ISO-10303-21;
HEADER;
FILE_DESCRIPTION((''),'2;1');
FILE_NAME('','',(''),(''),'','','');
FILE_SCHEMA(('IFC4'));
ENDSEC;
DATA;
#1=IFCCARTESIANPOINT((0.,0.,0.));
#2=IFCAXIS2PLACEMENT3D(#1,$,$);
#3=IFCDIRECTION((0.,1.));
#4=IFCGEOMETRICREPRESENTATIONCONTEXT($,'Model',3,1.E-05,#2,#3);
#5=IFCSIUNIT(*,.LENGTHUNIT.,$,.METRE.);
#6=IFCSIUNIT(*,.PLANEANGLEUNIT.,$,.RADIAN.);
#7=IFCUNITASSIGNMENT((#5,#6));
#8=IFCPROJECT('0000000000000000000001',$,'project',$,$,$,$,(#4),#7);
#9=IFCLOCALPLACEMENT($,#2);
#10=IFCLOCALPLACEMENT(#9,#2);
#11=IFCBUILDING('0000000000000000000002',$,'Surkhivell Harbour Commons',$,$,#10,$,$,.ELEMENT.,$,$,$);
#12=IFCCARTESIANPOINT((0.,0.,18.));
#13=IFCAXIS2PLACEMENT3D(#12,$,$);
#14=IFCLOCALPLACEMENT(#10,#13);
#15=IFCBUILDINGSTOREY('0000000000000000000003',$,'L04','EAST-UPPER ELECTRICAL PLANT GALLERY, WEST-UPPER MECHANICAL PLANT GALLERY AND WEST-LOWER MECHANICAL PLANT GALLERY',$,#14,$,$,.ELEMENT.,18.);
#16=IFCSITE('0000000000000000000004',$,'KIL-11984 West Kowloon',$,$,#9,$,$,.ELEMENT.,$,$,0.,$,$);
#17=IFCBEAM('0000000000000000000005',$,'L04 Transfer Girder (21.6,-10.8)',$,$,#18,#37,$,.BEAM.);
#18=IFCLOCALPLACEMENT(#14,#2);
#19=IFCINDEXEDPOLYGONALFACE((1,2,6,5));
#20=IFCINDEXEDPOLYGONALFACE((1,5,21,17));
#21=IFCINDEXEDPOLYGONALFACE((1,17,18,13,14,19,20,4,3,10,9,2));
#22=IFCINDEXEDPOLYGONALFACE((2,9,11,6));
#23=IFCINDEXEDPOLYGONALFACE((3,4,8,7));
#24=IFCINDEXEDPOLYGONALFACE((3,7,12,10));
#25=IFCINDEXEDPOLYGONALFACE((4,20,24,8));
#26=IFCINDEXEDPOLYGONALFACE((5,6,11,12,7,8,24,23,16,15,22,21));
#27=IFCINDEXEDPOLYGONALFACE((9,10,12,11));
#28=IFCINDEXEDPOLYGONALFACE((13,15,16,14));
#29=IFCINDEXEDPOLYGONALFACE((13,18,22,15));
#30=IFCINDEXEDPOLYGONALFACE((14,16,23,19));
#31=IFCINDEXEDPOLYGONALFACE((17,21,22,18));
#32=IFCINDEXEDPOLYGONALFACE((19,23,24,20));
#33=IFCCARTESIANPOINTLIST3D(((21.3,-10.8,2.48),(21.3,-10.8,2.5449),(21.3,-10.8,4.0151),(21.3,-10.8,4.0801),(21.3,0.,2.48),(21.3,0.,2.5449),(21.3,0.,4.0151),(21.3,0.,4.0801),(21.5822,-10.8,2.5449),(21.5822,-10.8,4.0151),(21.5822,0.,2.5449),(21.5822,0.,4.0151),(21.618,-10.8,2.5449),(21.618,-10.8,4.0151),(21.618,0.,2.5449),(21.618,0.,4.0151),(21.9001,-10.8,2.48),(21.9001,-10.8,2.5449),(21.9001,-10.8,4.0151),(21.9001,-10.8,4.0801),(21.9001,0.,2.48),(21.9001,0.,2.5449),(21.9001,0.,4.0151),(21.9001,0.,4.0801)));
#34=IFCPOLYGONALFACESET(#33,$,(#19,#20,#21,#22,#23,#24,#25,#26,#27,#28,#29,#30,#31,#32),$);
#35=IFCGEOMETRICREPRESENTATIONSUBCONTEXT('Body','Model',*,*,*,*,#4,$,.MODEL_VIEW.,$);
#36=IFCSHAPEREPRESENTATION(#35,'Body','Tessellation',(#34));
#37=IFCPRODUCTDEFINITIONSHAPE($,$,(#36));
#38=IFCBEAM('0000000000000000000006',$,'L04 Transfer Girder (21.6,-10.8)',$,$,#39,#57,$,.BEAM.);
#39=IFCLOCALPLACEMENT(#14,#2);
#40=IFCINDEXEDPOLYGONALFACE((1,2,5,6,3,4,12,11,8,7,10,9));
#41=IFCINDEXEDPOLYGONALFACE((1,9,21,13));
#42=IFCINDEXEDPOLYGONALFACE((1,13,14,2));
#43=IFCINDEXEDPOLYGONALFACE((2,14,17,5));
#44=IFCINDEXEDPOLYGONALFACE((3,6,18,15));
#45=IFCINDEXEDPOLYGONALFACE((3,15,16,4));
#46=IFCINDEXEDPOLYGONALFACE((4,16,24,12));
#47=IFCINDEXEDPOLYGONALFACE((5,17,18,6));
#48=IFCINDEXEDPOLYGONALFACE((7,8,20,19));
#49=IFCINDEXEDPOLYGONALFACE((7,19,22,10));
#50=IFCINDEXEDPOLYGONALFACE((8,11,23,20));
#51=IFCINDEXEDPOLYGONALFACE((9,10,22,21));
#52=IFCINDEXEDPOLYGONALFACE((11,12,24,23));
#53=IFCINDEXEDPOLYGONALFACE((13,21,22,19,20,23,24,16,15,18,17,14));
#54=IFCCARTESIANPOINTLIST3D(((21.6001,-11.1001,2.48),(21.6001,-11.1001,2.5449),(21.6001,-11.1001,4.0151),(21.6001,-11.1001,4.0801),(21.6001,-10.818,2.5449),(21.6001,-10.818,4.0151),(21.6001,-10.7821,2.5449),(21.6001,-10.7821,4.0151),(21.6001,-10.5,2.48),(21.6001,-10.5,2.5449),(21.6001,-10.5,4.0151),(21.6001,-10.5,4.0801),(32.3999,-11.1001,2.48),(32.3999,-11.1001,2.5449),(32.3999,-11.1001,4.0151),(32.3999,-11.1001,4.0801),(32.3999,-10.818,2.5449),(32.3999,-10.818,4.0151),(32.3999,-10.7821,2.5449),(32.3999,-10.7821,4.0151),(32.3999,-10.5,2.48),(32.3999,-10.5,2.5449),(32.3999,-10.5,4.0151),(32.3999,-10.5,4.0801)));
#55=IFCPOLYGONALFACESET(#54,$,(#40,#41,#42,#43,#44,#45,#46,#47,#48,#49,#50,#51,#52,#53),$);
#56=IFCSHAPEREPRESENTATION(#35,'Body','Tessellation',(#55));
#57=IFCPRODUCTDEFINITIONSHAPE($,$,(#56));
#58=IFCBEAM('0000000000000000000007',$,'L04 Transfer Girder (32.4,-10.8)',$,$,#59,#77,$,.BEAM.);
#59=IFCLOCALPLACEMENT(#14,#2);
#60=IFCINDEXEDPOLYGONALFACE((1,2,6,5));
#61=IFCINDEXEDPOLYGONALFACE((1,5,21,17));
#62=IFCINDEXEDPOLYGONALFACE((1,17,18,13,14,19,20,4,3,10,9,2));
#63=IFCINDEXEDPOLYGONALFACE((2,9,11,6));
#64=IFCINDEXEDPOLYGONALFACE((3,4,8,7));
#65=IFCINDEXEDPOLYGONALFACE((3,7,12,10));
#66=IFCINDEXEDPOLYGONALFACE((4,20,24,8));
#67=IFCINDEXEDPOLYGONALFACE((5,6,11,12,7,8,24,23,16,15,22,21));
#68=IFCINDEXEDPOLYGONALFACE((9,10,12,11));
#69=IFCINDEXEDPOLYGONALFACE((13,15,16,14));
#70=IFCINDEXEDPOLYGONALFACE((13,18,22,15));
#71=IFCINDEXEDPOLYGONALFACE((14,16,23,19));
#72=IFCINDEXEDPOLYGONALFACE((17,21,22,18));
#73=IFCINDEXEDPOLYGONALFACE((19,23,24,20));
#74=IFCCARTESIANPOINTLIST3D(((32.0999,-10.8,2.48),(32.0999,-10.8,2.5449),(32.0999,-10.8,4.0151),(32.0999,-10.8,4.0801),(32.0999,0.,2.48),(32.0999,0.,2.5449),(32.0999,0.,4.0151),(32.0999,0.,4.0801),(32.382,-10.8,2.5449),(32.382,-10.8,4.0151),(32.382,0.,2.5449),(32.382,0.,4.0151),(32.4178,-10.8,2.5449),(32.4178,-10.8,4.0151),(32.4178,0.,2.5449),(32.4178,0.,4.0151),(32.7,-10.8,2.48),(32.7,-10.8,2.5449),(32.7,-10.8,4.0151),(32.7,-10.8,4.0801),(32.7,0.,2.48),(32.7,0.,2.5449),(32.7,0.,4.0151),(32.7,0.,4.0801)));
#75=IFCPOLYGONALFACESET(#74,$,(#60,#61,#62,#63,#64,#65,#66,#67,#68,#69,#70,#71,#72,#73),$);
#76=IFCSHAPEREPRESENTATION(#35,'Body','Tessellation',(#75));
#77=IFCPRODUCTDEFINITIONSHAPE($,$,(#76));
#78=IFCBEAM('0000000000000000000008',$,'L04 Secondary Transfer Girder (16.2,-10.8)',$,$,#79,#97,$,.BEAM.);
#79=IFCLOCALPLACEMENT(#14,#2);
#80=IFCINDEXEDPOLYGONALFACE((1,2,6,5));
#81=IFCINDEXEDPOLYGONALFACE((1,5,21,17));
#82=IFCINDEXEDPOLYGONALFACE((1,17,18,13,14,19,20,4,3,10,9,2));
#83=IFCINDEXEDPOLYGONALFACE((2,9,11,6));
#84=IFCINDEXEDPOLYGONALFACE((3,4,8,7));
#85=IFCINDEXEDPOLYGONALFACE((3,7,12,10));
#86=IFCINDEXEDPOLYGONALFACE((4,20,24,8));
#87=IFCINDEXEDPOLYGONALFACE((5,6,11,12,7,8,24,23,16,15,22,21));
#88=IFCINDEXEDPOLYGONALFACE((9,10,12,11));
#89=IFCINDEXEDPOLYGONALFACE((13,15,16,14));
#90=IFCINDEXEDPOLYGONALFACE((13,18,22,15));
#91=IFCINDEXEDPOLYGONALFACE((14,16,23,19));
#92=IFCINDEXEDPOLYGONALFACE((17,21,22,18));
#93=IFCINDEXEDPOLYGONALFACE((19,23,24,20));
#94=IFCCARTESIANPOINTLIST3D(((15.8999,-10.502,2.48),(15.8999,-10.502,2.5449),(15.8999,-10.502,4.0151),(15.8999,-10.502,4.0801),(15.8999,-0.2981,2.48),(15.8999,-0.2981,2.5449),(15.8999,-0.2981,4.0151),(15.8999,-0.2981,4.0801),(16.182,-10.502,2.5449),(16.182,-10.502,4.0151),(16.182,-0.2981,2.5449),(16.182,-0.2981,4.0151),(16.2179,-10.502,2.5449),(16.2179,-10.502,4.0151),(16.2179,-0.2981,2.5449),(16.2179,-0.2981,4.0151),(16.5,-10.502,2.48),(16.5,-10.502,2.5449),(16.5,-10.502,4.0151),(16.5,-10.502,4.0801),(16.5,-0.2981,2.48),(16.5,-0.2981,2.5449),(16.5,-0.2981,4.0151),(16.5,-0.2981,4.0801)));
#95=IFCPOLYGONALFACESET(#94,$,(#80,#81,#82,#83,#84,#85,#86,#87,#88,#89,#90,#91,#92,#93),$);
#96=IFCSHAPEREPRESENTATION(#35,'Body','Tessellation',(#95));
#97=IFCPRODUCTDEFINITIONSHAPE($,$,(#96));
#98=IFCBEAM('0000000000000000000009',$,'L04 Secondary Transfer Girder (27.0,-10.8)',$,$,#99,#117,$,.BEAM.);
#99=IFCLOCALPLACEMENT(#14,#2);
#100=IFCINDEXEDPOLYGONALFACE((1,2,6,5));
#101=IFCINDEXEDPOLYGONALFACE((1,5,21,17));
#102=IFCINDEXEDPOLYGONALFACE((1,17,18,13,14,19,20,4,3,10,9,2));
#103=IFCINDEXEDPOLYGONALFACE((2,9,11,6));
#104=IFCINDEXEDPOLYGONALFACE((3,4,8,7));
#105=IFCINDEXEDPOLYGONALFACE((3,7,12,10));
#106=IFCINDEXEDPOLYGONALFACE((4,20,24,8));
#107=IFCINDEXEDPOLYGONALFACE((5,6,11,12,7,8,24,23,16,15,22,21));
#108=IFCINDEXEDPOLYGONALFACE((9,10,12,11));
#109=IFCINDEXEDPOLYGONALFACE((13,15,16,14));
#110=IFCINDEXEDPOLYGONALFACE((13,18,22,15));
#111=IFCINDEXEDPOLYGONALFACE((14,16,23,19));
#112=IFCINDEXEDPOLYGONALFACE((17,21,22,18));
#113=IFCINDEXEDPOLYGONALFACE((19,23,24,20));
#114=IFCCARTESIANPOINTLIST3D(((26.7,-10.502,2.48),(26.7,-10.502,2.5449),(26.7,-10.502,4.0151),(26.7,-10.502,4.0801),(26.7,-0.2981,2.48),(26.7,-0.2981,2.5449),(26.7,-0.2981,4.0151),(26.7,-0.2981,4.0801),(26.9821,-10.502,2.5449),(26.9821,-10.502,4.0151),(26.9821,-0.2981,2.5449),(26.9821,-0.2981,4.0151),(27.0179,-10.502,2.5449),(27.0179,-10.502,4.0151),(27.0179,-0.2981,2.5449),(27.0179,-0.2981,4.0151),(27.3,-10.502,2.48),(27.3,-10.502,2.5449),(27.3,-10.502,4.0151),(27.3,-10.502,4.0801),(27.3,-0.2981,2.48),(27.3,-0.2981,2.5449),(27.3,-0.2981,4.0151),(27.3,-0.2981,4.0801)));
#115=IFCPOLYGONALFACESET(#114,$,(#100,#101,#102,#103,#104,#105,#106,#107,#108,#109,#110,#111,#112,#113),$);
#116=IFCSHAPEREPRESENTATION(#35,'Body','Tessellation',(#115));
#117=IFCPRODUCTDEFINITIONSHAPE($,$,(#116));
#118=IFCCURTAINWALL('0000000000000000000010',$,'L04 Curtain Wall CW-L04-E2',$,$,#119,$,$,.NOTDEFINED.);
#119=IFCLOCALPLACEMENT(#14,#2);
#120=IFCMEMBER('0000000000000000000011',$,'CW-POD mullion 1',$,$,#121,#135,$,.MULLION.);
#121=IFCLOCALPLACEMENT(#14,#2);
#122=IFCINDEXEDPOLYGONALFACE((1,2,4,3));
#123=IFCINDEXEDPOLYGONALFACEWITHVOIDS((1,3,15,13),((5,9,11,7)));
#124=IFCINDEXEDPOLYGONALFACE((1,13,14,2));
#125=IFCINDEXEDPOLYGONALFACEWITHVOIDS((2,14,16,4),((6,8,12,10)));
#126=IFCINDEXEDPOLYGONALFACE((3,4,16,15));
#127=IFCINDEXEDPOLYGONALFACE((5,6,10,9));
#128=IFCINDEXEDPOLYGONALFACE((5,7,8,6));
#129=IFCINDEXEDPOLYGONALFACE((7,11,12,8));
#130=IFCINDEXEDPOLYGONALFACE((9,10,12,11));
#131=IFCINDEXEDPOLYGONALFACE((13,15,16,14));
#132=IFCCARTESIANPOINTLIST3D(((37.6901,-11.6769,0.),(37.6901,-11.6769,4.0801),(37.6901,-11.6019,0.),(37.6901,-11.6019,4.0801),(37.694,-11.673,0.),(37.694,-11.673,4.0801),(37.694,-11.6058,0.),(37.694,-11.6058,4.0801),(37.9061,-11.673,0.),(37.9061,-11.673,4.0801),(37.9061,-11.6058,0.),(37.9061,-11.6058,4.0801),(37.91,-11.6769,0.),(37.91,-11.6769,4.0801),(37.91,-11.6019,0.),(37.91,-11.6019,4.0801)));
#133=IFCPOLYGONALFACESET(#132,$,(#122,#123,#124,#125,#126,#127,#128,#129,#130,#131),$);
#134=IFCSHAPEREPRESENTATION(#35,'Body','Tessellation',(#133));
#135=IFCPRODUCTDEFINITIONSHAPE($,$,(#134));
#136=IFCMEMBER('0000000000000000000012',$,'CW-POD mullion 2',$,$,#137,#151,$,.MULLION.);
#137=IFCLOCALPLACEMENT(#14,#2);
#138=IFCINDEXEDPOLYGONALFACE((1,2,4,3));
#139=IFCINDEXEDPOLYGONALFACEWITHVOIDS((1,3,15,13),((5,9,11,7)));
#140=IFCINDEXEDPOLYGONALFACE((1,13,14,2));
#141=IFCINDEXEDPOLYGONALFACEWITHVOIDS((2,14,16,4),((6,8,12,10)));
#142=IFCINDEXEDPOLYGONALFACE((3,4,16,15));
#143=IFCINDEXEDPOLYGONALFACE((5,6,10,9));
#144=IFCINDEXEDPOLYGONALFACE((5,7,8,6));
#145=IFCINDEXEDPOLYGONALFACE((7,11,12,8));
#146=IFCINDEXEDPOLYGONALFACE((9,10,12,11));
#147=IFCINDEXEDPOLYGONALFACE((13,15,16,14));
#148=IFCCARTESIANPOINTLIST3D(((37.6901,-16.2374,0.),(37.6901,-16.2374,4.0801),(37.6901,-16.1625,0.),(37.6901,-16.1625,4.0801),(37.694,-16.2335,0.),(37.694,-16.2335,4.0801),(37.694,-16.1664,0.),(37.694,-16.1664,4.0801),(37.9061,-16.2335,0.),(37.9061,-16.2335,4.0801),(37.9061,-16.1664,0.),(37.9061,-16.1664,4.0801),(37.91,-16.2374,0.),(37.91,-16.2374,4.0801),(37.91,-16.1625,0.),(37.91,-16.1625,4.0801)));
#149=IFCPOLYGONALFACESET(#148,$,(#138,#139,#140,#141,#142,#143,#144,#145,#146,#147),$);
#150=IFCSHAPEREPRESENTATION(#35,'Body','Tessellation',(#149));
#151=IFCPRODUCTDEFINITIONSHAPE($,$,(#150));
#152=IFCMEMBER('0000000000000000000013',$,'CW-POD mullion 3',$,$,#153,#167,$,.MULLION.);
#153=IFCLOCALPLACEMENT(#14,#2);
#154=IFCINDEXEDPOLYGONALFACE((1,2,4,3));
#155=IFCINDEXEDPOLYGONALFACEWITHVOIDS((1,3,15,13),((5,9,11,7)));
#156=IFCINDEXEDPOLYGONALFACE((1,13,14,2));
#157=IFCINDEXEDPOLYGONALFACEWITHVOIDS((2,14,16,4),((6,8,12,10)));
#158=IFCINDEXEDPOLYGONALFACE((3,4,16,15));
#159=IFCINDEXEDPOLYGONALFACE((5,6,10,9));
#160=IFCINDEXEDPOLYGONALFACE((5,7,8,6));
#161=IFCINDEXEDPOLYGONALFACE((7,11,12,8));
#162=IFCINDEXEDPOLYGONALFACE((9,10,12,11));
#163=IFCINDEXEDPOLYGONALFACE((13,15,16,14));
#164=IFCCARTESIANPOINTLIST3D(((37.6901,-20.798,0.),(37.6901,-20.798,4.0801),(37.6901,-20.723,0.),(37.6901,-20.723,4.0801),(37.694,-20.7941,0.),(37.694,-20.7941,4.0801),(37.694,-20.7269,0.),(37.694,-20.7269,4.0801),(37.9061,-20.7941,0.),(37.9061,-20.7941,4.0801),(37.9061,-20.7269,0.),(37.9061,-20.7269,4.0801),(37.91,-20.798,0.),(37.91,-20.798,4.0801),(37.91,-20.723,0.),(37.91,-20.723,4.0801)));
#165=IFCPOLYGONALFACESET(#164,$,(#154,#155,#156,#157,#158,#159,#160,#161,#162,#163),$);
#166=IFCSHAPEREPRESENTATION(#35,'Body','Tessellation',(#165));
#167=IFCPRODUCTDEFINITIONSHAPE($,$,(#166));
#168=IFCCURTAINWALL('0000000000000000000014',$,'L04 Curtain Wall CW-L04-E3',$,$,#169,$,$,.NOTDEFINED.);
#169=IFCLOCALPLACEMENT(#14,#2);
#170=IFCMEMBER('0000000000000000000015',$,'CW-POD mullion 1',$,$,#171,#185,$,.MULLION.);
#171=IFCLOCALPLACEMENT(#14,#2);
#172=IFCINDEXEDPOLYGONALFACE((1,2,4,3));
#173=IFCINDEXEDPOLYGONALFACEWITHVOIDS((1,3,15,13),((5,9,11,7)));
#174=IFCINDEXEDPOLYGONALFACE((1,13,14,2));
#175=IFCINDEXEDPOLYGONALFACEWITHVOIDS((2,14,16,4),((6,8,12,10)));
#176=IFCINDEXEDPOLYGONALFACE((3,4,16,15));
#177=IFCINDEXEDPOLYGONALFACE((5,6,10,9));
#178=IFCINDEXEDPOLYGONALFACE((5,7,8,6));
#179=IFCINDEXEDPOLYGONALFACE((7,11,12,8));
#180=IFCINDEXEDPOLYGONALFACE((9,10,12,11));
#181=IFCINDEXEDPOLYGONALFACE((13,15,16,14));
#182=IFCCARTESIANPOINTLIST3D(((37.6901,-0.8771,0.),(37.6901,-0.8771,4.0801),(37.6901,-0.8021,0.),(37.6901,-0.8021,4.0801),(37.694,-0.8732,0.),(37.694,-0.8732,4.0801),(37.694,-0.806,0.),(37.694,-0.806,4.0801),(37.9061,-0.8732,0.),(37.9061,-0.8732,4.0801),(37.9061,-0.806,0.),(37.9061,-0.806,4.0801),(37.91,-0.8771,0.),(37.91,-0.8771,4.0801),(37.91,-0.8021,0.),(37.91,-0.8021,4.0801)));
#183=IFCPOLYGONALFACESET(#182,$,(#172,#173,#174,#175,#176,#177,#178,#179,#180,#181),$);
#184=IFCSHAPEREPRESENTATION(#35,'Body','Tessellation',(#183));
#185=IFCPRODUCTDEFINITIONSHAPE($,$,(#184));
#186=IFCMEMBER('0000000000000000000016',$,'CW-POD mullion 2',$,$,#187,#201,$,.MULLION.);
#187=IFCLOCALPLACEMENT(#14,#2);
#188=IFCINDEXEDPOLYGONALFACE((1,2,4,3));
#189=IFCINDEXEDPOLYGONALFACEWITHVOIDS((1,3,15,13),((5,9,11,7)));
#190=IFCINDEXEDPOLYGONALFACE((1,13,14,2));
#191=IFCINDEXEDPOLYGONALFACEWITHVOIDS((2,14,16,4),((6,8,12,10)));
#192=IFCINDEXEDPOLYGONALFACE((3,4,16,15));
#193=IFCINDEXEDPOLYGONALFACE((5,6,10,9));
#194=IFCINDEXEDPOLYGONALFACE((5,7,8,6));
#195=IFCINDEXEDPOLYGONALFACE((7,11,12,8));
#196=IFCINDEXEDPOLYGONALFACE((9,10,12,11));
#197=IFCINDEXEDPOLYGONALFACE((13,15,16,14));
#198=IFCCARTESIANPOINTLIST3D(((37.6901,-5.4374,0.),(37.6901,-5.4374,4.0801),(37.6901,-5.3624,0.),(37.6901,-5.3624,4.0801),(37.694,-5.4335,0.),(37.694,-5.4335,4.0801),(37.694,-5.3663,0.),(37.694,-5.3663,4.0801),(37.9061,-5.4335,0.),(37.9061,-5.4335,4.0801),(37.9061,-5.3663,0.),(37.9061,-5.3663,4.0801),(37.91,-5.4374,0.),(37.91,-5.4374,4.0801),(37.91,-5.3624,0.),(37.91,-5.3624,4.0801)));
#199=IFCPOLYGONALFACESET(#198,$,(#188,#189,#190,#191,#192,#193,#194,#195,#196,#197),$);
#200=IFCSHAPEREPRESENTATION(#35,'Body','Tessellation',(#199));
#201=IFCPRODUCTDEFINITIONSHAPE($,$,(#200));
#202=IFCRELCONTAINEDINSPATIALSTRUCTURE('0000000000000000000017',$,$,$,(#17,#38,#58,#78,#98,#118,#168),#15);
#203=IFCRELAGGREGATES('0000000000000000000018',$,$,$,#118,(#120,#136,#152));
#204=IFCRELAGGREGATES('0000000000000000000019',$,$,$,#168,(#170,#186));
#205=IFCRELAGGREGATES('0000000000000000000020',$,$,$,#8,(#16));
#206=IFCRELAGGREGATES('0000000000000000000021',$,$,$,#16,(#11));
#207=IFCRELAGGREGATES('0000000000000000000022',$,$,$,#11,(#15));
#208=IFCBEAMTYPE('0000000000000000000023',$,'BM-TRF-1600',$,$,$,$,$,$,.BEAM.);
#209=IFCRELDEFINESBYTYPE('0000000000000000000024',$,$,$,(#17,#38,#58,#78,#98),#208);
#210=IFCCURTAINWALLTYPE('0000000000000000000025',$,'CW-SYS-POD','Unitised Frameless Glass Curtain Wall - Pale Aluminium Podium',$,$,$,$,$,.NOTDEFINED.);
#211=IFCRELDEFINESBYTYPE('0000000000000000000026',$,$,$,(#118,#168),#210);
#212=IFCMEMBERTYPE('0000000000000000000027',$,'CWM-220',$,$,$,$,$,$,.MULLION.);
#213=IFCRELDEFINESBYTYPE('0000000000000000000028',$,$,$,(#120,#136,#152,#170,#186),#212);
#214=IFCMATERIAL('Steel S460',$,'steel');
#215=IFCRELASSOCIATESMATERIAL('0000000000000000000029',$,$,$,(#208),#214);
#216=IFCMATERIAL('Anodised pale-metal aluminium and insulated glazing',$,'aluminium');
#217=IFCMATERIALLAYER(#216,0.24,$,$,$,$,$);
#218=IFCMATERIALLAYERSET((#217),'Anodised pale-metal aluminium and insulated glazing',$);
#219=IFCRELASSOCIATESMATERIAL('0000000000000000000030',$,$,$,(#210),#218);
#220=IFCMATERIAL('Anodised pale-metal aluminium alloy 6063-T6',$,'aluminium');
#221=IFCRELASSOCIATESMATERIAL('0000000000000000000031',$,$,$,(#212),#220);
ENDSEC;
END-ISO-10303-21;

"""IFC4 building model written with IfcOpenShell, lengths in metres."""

from ifc_helpers import new_model, si_unit, direction, frame, origin, origin_2d, place, context, subcontext, project, spatial, hollow_rectangle, i_section, extrude, material, layer, layer_set, material_profile, profile_set, type_object, element, aggregate, save


model = new_model("IFC4")

# Units and contexts
model_context = context("Model", 3, precision=1e-05, world=origin(), true_north=direction((0.0, 1.0)))
body_context = subcontext(model_context, "Body", "Model", "MODEL_VIEW")
ifc_project = project(units=[si_unit("LENGTHUNIT", "METRE"), si_unit("PLANEANGLEUNIT", "RADIAN")], contexts=[model_context])

# Site, building, storey
site_placement = place(None, origin())
site = spatial("IfcSite", under=ifc_project, at=site_placement, Name="KIL-11984 West Kowloon", CompositionType="ELEMENT", RefElevation=0.0)
building_placement = place(site_placement, origin())
building = spatial("IfcBuilding", under=site, at=building_placement, Name="Surkhivell Harbour Commons", CompositionType="ELEMENT")
storey_placement = place(building_placement, frame((0.0, 0.0, 18.0)))
storey = spatial("IfcBuildingStorey", under=building, at=storey_placement, Name="L04", Description="EAST-UPPER ELECTRICAL PLANT GALLERY, WEST-UPPER MECHANICAL PLANT GALLERY AND WEST-LOWER MECHANICAL PLANT GALLERY", CompositionType="ELEMENT", Elevation=18.0)

# Beams
ifc_material_1 = material(Name="Steel S460", Category="steel")
ifc_material_profile_1 = material_profile(ifc_material_1, i_section(OverallWidth=0.6001, OverallDepth=1.6001, WebThickness=0.0359, FlangeThickness=0.0649, at=origin_2d()), Name="WPG1600x600x296")
ifc_profile_set_1 = profile_set([ifc_material_profile_1], Name="Steel S460")
beam_type_1 = type_object("IfcBeamType", Name="BM-TRF-1600", PredefinedType="BEAM", material=ifc_profile_set_1)
beam_1_placement = place(storey_placement, frame((21.6001, -10.8, 3.28), z_axis=(0.0, 1.0, 0.0), x_axis=(-1.0, 0.0, 0.0)))
element("IfcBeam", 1, at=beam_1_placement, inside=storey, type_object=beam_type_1, Name="L04 Transfer Girder (21.6,-10.8)", PredefinedType="BEAM", context=body_context, shape_type="SweptSolid", body=[
    extrude(i_section(OverallWidth=0.6001, OverallDepth=1.6001, WebThickness=0.0359, FlangeThickness=0.0649, at=origin_2d()), origin(), (0.0, 0.0, 1.0), 10.8),
])
beam_2_placement = place(storey_placement, frame((21.6001, -10.8, 3.28), z_axis=(1.0, 0.0, 0.0), x_axis=(0.0, 1.0, 0.0)))
element("IfcBeam", 2, at=beam_2_placement, inside=storey, type_object=beam_type_1, Name="L04 Transfer Girder (21.6,-10.8)", PredefinedType="BEAM", context=body_context, shape_type="SweptSolid", body=[
    extrude(i_section(OverallWidth=0.6001, OverallDepth=1.6001, WebThickness=0.0359, FlangeThickness=0.0649, at=origin_2d()), origin(), (0.0, 0.0, 1.0), 10.7998),
])
beam_3_placement = place(storey_placement, frame((32.3999, -10.8, 3.28), z_axis=(0.0, 1.0, 0.0), x_axis=(-1.0, 0.0, 0.0)))
element("IfcBeam", 3, at=beam_3_placement, inside=storey, type_object=beam_type_1, Name="L04 Transfer Girder (32.4,-10.8)", PredefinedType="BEAM", context=body_context, shape_type="SweptSolid", body=[
    extrude(i_section(OverallWidth=0.6001, OverallDepth=1.6001, WebThickness=0.0359, FlangeThickness=0.0649, at=origin_2d()), origin(), (0.0, 0.0, 1.0), 10.8),
])
for number, where, z_axis, x_axis, name in (
    (4, (16.2, -10.502, 3.28), (0.0, 1.0, 0.0), (-1.0, 0.0, 0.0), "L04 Secondary Transfer Girder (16.2,-10.8)"),
    (5, (27.0, -10.502, 3.28), (0.0, 1.0, 0.0), (-1.0, 0.0, 0.0), "L04 Secondary Transfer Girder (27.0,-10.8)"),
):
    element("IfcBeam", number, at=place(storey_placement, frame(where, z_axis=z_axis, x_axis=x_axis)), inside=storey, type_object=beam_type_1, Name=name, PredefinedType="BEAM", context=body_context, shape_type="SweptSolid", body=[
        extrude(i_section(OverallWidth=0.6001, OverallDepth=1.6001, WebThickness=0.0359, FlangeThickness=0.0649, at=origin_2d()), origin(), (0.0, 0.0, 1.0), 10.2039),
    ])

# Curtain walls, members
ifc_material_2 = material(Name="Anodised pale-metal aluminium and insulated glazing", Category="aluminium")
ifc_layer_1 = layer(ifc_material_2, 0.24)
ifc_layer_set_1 = layer_set([ifc_layer_1], Name="Anodised pale-metal aluminium and insulated glazing")
curtain_wall_type = type_object("IfcCurtainWallType", Name="CW-SYS-POD", Description="Unitised Frameless Glass Curtain Wall - Pale Aluminium Podium", PredefinedType="NOTDEFINED", material=ifc_layer_set_1)
curtain_wall_1_placement = place(storey_placement, origin())
curtain_wall_1 = element("IfcCurtainWall", 6, at=curtain_wall_1_placement, inside=storey, type_object=curtain_wall_type, Name="L04 Curtain Wall CW-L04-E2", PredefinedType="NOTDEFINED")
ifc_material_3 = material(Name="Anodised pale-metal aluminium alloy 6063-T6", Category="aluminium")
ifc_material_profile_2 = material_profile(ifc_material_3, hollow_rectangle(XDim=0.075, YDim=0.22, WallThickness=0.0039, at=origin_2d()), Name="ALU-MULL-75x220")
ifc_profile_set_2 = profile_set([ifc_material_profile_2], Name="Anodised pale-metal aluminium alloy 6063-T6")
member_type_1 = type_object("IfcMemberType", Name="CWM-220", PredefinedType="MULLION", material=ifc_profile_set_2)
member_1_placement = place(storey_placement, frame((37.8, -11.6394, 0.0), z_axis=(0.0, 0.0, 1.0), x_axis=(0.0, -1.0, 0.0)))
member_1 = element("IfcMember", 7, at=member_1_placement, type_object=member_type_1, Name="CW-POD mullion 1", PredefinedType="MULLION", context=body_context, shape_type="SweptSolid", body=[
    extrude(hollow_rectangle(XDim=0.075, YDim=0.22, WallThickness=0.0039, at=origin_2d()), origin(), (0.0, 0.0, 1.0), 4.0801),
])
member_2_placement = place(storey_placement, frame((37.8, -16.2, 0.0), z_axis=(0.0, 0.0, 1.0), x_axis=(0.0, -1.0, 0.0)))
member_2 = element("IfcMember", 8, at=member_2_placement, type_object=member_type_1, Name="CW-POD mullion 2", PredefinedType="MULLION", context=body_context, shape_type="SweptSolid", body=[
    extrude(hollow_rectangle(XDim=0.075, YDim=0.22, WallThickness=0.0039, at=origin_2d()), origin(), (0.0, 0.0, 1.0), 4.0801),
])
member_3_placement = place(storey_placement, frame((37.8, -20.7605, 0.0), z_axis=(0.0, 0.0, 1.0), x_axis=(0.0, -1.0, 0.0)))
member_3 = element("IfcMember", 9, at=member_3_placement, type_object=member_type_1, Name="CW-POD mullion 3", PredefinedType="MULLION", context=body_context, shape_type="SweptSolid", body=[
    extrude(hollow_rectangle(XDim=0.075, YDim=0.22, WallThickness=0.0039, at=origin_2d()), origin(), (0.0, 0.0, 1.0), 4.0801),
])
curtain_wall_2_placement = place(storey_placement, origin())
curtain_wall_2 = element("IfcCurtainWall", 10, at=curtain_wall_2_placement, inside=storey, type_object=curtain_wall_type, Name="L04 Curtain Wall CW-L04-E3", PredefinedType="NOTDEFINED")
member_4_placement = place(storey_placement, frame((37.8, -0.8396, 0.0), z_axis=(0.0, 0.0, 1.0), x_axis=(0.0, -1.0, 0.0)))
member_4 = element("IfcMember", 11, at=member_4_placement, type_object=member_type_1, Name="CW-POD mullion 1", PredefinedType="MULLION", context=body_context, shape_type="SweptSolid", body=[
    extrude(hollow_rectangle(XDim=0.075, YDim=0.22, WallThickness=0.0039, at=origin_2d()), origin(), (0.0, 0.0, 1.0), 4.0801),
])
member_5_placement = place(storey_placement, frame((37.8, -5.3999, 0.0), z_axis=(0.0, 0.0, 1.0), x_axis=(0.0, -1.0, 0.0)))
member_5 = element("IfcMember", 12, at=member_5_placement, type_object=member_type_1, Name="CW-POD mullion 2", PredefinedType="MULLION", context=body_context, shape_type="SweptSolid", body=[
    extrude(hollow_rectangle(XDim=0.075, YDim=0.22, WallThickness=0.0039, at=origin_2d()), origin(), (0.0, 0.0, 1.0), 4.0801),
])

aggregate(curtain_wall_1, [member_1, member_2, member_3])
aggregate(curtain_wall_2, [member_4, member_5])

save(model, "model.ifc")
